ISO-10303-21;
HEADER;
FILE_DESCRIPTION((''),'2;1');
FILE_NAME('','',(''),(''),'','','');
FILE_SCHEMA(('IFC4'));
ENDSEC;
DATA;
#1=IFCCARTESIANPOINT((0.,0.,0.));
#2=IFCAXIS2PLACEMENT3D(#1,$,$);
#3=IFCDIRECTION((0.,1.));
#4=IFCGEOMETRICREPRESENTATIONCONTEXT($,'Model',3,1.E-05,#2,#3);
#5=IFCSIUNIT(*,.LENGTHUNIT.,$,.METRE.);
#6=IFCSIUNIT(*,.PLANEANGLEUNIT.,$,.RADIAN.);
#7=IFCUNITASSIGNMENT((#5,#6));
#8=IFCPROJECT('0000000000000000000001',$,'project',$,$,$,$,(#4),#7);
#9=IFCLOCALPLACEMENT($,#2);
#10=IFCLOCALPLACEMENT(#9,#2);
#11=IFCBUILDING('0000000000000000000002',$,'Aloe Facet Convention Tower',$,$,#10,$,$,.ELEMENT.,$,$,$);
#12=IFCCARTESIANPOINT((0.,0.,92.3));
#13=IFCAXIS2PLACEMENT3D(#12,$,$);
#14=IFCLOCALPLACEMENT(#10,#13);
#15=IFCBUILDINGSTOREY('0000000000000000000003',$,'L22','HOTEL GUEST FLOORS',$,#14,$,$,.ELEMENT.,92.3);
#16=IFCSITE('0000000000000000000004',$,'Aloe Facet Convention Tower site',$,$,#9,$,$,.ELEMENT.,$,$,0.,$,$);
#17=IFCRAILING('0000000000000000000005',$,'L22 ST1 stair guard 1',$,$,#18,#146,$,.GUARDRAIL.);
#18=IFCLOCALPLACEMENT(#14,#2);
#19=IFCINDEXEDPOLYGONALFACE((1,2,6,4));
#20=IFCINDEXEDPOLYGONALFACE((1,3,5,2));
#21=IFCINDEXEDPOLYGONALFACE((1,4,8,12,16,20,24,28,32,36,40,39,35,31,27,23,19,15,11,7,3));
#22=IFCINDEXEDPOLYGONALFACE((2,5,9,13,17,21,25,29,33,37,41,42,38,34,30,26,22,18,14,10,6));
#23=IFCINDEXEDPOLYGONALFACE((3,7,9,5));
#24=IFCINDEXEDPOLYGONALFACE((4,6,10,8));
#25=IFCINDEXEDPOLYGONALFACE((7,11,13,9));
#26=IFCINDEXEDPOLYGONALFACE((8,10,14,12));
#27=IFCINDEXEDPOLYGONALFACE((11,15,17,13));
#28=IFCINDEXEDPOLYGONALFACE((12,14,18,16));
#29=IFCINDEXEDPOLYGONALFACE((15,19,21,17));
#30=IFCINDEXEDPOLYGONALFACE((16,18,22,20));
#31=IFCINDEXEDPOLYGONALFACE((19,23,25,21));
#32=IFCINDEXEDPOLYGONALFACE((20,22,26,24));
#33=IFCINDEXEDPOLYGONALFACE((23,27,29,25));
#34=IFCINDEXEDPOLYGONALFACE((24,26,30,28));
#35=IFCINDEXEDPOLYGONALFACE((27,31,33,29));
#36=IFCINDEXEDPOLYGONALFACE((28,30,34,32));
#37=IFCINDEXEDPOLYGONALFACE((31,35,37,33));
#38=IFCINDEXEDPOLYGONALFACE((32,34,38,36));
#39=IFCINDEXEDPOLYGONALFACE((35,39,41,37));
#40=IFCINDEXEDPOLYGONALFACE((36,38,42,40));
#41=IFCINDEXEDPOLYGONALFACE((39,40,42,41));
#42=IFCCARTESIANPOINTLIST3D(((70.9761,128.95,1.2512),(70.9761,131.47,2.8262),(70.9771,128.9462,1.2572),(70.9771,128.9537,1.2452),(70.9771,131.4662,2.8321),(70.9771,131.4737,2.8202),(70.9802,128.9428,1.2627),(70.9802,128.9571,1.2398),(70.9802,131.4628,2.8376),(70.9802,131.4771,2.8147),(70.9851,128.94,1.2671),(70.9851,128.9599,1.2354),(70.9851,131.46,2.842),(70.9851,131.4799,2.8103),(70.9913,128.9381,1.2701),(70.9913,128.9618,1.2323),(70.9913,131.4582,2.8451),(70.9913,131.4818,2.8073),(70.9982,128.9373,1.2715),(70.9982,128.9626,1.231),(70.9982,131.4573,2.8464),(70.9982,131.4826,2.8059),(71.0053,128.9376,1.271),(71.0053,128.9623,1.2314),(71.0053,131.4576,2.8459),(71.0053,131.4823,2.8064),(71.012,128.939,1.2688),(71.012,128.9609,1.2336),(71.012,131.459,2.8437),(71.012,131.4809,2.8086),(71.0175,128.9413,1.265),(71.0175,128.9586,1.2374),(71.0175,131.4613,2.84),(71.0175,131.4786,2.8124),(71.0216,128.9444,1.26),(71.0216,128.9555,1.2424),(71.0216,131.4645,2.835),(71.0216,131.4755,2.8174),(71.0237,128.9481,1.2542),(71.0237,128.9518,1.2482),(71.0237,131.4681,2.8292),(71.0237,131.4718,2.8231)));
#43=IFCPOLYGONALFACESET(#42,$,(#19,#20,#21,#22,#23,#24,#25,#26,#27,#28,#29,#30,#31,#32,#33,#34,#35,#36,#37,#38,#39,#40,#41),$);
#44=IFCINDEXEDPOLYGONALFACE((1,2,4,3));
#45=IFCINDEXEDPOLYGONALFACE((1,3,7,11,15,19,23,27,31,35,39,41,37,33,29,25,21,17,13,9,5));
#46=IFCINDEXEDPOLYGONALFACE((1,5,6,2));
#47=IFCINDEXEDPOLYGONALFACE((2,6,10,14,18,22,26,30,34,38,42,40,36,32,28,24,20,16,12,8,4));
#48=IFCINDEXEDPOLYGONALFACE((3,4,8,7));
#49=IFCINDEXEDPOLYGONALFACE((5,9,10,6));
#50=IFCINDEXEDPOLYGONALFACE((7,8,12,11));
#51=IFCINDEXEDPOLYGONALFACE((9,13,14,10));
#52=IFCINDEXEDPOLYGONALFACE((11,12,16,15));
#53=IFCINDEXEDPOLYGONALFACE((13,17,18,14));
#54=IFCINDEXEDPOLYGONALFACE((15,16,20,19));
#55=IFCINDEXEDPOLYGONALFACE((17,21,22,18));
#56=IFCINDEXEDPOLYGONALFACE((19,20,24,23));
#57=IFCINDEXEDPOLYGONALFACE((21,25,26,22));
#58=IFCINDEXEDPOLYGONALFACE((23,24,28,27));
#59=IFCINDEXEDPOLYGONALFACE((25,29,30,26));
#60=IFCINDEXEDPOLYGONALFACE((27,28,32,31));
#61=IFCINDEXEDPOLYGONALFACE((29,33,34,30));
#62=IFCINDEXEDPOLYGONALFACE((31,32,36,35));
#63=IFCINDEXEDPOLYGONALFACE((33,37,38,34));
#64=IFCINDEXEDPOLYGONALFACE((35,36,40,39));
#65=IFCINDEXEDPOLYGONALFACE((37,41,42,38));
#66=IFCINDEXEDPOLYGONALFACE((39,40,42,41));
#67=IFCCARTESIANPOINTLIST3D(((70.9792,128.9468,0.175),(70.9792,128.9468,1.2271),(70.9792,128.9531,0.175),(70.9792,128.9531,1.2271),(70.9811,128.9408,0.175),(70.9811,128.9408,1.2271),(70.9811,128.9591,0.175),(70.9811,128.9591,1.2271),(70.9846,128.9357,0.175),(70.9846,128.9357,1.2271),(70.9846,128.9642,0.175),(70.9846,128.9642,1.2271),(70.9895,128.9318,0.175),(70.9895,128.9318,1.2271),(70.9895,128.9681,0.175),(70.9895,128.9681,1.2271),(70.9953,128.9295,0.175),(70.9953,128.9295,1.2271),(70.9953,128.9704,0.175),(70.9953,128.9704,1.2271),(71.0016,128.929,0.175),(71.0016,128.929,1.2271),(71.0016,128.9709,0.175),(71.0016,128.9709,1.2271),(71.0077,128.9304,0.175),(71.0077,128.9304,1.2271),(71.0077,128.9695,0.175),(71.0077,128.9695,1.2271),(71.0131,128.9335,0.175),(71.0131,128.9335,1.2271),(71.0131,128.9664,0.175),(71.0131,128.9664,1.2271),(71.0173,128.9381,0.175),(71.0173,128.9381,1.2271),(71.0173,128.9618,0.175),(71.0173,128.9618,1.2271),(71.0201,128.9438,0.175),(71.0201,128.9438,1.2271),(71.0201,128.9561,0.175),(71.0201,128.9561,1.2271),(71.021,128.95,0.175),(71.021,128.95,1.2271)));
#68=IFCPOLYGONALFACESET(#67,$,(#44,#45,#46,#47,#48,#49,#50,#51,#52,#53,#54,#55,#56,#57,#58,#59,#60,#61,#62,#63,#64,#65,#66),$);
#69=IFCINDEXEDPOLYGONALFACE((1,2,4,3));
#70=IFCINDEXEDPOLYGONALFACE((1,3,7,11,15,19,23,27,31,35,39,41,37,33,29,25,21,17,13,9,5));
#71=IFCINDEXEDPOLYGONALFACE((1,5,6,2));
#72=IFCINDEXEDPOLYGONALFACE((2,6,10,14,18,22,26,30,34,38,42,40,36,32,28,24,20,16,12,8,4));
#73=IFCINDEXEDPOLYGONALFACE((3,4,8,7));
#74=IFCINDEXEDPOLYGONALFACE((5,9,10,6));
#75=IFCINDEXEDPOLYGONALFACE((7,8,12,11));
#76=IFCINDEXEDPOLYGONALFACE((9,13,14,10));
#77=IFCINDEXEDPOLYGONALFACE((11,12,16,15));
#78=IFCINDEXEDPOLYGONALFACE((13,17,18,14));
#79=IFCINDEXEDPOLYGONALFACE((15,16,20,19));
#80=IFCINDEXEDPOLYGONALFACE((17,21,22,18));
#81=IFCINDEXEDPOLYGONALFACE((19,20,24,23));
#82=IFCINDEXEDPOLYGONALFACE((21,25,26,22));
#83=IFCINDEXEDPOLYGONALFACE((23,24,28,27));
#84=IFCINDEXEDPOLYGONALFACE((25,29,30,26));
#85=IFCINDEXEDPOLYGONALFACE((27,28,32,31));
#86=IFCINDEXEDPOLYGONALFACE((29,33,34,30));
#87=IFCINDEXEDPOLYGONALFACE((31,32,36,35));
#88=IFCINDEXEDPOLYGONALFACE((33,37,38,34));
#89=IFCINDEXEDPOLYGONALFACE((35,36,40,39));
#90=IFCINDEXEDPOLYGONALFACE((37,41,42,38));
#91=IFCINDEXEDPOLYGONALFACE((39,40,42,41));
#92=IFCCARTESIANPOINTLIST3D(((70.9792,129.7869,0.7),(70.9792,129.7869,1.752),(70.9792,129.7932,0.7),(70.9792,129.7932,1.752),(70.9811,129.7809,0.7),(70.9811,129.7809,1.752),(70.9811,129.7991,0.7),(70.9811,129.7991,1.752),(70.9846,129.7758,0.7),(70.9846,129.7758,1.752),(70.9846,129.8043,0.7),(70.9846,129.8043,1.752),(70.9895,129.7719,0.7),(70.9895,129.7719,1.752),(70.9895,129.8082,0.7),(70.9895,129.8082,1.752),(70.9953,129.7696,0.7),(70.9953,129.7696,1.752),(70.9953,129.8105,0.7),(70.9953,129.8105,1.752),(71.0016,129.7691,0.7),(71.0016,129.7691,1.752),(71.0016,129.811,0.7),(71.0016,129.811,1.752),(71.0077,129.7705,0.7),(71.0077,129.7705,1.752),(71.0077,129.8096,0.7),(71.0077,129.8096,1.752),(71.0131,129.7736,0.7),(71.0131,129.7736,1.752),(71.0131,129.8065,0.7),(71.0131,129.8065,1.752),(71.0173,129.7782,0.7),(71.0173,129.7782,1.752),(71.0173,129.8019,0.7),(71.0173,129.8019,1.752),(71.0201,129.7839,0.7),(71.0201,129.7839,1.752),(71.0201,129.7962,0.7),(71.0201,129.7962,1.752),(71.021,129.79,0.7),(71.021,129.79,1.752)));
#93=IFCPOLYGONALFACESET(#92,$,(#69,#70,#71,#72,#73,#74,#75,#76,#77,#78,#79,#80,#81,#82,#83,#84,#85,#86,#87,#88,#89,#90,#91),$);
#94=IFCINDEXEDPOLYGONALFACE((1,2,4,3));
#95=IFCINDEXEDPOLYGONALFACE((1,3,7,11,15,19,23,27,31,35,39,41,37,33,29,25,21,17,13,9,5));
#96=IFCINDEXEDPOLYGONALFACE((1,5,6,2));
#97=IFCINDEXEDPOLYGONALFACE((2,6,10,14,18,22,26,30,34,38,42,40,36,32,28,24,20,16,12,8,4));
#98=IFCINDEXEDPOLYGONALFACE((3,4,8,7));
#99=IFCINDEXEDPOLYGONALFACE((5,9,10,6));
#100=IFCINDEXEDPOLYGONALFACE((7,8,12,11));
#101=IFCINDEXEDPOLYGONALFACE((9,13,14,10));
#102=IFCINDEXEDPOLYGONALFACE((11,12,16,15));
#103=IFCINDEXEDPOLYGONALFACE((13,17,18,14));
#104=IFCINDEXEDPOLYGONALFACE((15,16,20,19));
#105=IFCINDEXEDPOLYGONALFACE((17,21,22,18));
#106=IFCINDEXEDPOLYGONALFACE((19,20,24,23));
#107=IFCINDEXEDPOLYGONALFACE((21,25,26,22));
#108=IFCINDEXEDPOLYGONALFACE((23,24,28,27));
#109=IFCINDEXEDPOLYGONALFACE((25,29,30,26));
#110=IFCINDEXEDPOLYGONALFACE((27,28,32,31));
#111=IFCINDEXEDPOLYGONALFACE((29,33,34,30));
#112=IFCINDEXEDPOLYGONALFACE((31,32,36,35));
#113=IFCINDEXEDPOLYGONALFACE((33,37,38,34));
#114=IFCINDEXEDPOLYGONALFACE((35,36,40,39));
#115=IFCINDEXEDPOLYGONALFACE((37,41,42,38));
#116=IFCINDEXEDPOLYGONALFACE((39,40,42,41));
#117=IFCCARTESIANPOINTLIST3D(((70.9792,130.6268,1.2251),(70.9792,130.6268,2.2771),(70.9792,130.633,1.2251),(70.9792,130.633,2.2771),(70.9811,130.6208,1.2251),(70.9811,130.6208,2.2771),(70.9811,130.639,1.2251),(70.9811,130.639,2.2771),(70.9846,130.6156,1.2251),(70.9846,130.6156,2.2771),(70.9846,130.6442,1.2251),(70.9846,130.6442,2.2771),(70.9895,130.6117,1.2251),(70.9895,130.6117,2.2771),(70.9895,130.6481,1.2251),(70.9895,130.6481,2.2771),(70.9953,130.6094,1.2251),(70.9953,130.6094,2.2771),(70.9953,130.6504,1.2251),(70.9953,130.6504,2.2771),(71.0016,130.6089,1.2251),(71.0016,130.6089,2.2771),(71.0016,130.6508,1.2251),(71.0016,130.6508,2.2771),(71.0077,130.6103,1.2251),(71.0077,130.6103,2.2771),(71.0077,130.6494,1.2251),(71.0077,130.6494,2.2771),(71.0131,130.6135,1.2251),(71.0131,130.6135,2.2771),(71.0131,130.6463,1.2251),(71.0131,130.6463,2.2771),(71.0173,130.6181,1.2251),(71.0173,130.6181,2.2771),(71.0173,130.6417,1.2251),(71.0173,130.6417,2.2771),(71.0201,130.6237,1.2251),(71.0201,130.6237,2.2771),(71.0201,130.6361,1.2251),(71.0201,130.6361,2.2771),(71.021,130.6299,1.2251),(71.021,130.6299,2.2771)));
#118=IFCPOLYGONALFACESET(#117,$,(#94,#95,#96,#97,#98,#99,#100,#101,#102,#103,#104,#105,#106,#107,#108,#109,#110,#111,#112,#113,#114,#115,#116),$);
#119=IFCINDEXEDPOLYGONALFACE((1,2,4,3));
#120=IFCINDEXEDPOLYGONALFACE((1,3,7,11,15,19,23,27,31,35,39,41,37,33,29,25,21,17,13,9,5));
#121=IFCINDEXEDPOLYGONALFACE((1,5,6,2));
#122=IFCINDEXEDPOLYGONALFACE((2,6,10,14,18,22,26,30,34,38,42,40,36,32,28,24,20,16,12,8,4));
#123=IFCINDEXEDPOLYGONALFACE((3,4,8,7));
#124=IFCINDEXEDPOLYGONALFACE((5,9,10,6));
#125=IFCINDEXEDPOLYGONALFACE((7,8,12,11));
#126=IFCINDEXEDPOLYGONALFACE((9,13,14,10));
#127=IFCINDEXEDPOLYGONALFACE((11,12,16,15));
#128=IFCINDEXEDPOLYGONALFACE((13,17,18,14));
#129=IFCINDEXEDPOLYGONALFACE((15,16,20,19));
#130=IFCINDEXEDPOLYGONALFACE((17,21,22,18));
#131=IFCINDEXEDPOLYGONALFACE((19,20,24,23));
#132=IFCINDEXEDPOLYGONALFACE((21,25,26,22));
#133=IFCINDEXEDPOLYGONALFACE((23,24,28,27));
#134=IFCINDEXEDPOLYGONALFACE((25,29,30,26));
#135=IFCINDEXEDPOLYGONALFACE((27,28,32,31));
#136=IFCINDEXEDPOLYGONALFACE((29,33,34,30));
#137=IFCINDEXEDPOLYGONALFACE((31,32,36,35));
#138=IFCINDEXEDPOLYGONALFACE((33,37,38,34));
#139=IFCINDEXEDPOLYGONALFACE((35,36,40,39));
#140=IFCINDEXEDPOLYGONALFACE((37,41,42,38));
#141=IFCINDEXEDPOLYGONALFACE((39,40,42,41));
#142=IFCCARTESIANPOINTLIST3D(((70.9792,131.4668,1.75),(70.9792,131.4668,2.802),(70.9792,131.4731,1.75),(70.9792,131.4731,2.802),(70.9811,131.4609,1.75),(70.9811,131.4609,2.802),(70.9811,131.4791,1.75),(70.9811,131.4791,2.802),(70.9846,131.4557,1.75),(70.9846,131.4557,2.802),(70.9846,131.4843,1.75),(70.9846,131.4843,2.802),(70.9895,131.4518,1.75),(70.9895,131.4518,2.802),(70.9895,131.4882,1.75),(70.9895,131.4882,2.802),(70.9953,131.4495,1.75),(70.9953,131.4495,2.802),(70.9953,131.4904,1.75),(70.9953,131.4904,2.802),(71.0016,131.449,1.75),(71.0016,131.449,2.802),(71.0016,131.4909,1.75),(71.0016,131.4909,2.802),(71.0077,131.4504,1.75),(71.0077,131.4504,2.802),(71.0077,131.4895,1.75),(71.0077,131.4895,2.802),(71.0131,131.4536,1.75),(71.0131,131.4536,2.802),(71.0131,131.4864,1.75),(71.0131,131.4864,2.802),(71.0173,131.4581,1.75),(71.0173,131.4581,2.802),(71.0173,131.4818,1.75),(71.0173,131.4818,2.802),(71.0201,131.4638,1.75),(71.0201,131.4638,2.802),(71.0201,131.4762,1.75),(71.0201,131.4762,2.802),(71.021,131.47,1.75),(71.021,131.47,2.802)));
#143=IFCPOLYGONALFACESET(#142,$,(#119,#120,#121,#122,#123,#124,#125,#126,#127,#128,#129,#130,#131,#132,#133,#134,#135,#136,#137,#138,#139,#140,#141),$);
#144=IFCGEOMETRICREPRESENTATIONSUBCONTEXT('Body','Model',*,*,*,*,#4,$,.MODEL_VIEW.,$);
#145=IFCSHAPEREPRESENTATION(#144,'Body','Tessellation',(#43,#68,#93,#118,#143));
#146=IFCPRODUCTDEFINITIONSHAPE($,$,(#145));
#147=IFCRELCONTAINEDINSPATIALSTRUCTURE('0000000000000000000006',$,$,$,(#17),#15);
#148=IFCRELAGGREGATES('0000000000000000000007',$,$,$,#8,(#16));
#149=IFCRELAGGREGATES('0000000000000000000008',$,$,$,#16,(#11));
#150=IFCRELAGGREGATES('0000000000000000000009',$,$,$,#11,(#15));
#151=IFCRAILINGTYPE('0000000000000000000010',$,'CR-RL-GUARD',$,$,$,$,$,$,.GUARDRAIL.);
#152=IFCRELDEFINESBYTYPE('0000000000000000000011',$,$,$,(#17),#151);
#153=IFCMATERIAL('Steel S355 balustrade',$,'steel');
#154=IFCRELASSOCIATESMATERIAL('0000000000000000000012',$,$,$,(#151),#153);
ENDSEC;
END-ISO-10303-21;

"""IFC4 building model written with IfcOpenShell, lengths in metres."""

from ifc_helpers import new_model, si_unit, direction, frame, origin, origin_2d, place, context, subcontext, project, spatial, circle, extrude, material, type_object, element, save


model = new_model("IFC4")

# Units and contexts
model_context = context("Model", 3, precision=1e-05, world=origin(), true_north=direction((0.0, 1.0)))
body_context = subcontext(model_context, "Body", "Model", "MODEL_VIEW")
ifc_project = project(units=[si_unit("LENGTHUNIT", "METRE"), si_unit("PLANEANGLEUNIT", "RADIAN")], contexts=[model_context])

# Site, building, storey
site_placement = place(None, origin())
site = spatial("IfcSite", under=ifc_project, at=site_placement, Name="Aloe Facet Convention Tower site", CompositionType="ELEMENT", RefElevation=0.0)
building_placement = place(site_placement, origin())
building = spatial("IfcBuilding", under=site, at=building_placement, Name="Aloe Facet Convention Tower", CompositionType="ELEMENT")
storey_placement = place(building_placement, frame((0.0, 0.0, 92.3)))
storey = spatial("IfcBuildingStorey", under=building, at=storey_placement, Name="L22", Description="HOTEL GUEST FLOORS", CompositionType="ELEMENT", Elevation=92.3)

# Railing
ifc_material_1 = material(Name="Steel S355 balustrade", Category="steel")
railing_type_1 = type_object("IfcRailingType", Name="CR-RL-GUARD", PredefinedType="GUARDRAIL", material=ifc_material_1)
railing_1_placement = place(storey_placement, frame((71.0, 128.95, 0.175)))
element("IfcRailing", 1, at=railing_1_placement, inside=storey, type_object=railing_type_1, Name="L22 ST1 stair guard 1", PredefinedType="GUARDRAIL", context=body_context, shape_type="SweptSolid", body=[
    extrude(circle(Radius=0.0239, at=origin_2d()), frame((0.0, 0.0, 1.0762), z_axis=(0.0, 0.848008, 0.529984), x_axis=(-1.0, 0.0, 0.0)), (0.0, 0.0, 1.0), 2.9717),
    extrude(circle(Radius=0.021, at=origin_2d()), origin(), (0.0, 0.0, 1.0), 1.052),
    extrude(circle(Radius=0.021, at=origin_2d()), frame((0.0, 0.8401, 0.5249)), (0.0, 0.0, 1.0), 1.052),
    extrude(circle(Radius=0.021, at=origin_2d()), frame((0.0, 1.6799, 1.05)), (0.0, 0.0, 1.0), 1.052),
    extrude(circle(Radius=0.021, at=origin_2d()), frame((0.0, 2.52, 1.575)), (0.0, 0.0, 1.0), 1.052),
])

save(model, "model.ifc")
